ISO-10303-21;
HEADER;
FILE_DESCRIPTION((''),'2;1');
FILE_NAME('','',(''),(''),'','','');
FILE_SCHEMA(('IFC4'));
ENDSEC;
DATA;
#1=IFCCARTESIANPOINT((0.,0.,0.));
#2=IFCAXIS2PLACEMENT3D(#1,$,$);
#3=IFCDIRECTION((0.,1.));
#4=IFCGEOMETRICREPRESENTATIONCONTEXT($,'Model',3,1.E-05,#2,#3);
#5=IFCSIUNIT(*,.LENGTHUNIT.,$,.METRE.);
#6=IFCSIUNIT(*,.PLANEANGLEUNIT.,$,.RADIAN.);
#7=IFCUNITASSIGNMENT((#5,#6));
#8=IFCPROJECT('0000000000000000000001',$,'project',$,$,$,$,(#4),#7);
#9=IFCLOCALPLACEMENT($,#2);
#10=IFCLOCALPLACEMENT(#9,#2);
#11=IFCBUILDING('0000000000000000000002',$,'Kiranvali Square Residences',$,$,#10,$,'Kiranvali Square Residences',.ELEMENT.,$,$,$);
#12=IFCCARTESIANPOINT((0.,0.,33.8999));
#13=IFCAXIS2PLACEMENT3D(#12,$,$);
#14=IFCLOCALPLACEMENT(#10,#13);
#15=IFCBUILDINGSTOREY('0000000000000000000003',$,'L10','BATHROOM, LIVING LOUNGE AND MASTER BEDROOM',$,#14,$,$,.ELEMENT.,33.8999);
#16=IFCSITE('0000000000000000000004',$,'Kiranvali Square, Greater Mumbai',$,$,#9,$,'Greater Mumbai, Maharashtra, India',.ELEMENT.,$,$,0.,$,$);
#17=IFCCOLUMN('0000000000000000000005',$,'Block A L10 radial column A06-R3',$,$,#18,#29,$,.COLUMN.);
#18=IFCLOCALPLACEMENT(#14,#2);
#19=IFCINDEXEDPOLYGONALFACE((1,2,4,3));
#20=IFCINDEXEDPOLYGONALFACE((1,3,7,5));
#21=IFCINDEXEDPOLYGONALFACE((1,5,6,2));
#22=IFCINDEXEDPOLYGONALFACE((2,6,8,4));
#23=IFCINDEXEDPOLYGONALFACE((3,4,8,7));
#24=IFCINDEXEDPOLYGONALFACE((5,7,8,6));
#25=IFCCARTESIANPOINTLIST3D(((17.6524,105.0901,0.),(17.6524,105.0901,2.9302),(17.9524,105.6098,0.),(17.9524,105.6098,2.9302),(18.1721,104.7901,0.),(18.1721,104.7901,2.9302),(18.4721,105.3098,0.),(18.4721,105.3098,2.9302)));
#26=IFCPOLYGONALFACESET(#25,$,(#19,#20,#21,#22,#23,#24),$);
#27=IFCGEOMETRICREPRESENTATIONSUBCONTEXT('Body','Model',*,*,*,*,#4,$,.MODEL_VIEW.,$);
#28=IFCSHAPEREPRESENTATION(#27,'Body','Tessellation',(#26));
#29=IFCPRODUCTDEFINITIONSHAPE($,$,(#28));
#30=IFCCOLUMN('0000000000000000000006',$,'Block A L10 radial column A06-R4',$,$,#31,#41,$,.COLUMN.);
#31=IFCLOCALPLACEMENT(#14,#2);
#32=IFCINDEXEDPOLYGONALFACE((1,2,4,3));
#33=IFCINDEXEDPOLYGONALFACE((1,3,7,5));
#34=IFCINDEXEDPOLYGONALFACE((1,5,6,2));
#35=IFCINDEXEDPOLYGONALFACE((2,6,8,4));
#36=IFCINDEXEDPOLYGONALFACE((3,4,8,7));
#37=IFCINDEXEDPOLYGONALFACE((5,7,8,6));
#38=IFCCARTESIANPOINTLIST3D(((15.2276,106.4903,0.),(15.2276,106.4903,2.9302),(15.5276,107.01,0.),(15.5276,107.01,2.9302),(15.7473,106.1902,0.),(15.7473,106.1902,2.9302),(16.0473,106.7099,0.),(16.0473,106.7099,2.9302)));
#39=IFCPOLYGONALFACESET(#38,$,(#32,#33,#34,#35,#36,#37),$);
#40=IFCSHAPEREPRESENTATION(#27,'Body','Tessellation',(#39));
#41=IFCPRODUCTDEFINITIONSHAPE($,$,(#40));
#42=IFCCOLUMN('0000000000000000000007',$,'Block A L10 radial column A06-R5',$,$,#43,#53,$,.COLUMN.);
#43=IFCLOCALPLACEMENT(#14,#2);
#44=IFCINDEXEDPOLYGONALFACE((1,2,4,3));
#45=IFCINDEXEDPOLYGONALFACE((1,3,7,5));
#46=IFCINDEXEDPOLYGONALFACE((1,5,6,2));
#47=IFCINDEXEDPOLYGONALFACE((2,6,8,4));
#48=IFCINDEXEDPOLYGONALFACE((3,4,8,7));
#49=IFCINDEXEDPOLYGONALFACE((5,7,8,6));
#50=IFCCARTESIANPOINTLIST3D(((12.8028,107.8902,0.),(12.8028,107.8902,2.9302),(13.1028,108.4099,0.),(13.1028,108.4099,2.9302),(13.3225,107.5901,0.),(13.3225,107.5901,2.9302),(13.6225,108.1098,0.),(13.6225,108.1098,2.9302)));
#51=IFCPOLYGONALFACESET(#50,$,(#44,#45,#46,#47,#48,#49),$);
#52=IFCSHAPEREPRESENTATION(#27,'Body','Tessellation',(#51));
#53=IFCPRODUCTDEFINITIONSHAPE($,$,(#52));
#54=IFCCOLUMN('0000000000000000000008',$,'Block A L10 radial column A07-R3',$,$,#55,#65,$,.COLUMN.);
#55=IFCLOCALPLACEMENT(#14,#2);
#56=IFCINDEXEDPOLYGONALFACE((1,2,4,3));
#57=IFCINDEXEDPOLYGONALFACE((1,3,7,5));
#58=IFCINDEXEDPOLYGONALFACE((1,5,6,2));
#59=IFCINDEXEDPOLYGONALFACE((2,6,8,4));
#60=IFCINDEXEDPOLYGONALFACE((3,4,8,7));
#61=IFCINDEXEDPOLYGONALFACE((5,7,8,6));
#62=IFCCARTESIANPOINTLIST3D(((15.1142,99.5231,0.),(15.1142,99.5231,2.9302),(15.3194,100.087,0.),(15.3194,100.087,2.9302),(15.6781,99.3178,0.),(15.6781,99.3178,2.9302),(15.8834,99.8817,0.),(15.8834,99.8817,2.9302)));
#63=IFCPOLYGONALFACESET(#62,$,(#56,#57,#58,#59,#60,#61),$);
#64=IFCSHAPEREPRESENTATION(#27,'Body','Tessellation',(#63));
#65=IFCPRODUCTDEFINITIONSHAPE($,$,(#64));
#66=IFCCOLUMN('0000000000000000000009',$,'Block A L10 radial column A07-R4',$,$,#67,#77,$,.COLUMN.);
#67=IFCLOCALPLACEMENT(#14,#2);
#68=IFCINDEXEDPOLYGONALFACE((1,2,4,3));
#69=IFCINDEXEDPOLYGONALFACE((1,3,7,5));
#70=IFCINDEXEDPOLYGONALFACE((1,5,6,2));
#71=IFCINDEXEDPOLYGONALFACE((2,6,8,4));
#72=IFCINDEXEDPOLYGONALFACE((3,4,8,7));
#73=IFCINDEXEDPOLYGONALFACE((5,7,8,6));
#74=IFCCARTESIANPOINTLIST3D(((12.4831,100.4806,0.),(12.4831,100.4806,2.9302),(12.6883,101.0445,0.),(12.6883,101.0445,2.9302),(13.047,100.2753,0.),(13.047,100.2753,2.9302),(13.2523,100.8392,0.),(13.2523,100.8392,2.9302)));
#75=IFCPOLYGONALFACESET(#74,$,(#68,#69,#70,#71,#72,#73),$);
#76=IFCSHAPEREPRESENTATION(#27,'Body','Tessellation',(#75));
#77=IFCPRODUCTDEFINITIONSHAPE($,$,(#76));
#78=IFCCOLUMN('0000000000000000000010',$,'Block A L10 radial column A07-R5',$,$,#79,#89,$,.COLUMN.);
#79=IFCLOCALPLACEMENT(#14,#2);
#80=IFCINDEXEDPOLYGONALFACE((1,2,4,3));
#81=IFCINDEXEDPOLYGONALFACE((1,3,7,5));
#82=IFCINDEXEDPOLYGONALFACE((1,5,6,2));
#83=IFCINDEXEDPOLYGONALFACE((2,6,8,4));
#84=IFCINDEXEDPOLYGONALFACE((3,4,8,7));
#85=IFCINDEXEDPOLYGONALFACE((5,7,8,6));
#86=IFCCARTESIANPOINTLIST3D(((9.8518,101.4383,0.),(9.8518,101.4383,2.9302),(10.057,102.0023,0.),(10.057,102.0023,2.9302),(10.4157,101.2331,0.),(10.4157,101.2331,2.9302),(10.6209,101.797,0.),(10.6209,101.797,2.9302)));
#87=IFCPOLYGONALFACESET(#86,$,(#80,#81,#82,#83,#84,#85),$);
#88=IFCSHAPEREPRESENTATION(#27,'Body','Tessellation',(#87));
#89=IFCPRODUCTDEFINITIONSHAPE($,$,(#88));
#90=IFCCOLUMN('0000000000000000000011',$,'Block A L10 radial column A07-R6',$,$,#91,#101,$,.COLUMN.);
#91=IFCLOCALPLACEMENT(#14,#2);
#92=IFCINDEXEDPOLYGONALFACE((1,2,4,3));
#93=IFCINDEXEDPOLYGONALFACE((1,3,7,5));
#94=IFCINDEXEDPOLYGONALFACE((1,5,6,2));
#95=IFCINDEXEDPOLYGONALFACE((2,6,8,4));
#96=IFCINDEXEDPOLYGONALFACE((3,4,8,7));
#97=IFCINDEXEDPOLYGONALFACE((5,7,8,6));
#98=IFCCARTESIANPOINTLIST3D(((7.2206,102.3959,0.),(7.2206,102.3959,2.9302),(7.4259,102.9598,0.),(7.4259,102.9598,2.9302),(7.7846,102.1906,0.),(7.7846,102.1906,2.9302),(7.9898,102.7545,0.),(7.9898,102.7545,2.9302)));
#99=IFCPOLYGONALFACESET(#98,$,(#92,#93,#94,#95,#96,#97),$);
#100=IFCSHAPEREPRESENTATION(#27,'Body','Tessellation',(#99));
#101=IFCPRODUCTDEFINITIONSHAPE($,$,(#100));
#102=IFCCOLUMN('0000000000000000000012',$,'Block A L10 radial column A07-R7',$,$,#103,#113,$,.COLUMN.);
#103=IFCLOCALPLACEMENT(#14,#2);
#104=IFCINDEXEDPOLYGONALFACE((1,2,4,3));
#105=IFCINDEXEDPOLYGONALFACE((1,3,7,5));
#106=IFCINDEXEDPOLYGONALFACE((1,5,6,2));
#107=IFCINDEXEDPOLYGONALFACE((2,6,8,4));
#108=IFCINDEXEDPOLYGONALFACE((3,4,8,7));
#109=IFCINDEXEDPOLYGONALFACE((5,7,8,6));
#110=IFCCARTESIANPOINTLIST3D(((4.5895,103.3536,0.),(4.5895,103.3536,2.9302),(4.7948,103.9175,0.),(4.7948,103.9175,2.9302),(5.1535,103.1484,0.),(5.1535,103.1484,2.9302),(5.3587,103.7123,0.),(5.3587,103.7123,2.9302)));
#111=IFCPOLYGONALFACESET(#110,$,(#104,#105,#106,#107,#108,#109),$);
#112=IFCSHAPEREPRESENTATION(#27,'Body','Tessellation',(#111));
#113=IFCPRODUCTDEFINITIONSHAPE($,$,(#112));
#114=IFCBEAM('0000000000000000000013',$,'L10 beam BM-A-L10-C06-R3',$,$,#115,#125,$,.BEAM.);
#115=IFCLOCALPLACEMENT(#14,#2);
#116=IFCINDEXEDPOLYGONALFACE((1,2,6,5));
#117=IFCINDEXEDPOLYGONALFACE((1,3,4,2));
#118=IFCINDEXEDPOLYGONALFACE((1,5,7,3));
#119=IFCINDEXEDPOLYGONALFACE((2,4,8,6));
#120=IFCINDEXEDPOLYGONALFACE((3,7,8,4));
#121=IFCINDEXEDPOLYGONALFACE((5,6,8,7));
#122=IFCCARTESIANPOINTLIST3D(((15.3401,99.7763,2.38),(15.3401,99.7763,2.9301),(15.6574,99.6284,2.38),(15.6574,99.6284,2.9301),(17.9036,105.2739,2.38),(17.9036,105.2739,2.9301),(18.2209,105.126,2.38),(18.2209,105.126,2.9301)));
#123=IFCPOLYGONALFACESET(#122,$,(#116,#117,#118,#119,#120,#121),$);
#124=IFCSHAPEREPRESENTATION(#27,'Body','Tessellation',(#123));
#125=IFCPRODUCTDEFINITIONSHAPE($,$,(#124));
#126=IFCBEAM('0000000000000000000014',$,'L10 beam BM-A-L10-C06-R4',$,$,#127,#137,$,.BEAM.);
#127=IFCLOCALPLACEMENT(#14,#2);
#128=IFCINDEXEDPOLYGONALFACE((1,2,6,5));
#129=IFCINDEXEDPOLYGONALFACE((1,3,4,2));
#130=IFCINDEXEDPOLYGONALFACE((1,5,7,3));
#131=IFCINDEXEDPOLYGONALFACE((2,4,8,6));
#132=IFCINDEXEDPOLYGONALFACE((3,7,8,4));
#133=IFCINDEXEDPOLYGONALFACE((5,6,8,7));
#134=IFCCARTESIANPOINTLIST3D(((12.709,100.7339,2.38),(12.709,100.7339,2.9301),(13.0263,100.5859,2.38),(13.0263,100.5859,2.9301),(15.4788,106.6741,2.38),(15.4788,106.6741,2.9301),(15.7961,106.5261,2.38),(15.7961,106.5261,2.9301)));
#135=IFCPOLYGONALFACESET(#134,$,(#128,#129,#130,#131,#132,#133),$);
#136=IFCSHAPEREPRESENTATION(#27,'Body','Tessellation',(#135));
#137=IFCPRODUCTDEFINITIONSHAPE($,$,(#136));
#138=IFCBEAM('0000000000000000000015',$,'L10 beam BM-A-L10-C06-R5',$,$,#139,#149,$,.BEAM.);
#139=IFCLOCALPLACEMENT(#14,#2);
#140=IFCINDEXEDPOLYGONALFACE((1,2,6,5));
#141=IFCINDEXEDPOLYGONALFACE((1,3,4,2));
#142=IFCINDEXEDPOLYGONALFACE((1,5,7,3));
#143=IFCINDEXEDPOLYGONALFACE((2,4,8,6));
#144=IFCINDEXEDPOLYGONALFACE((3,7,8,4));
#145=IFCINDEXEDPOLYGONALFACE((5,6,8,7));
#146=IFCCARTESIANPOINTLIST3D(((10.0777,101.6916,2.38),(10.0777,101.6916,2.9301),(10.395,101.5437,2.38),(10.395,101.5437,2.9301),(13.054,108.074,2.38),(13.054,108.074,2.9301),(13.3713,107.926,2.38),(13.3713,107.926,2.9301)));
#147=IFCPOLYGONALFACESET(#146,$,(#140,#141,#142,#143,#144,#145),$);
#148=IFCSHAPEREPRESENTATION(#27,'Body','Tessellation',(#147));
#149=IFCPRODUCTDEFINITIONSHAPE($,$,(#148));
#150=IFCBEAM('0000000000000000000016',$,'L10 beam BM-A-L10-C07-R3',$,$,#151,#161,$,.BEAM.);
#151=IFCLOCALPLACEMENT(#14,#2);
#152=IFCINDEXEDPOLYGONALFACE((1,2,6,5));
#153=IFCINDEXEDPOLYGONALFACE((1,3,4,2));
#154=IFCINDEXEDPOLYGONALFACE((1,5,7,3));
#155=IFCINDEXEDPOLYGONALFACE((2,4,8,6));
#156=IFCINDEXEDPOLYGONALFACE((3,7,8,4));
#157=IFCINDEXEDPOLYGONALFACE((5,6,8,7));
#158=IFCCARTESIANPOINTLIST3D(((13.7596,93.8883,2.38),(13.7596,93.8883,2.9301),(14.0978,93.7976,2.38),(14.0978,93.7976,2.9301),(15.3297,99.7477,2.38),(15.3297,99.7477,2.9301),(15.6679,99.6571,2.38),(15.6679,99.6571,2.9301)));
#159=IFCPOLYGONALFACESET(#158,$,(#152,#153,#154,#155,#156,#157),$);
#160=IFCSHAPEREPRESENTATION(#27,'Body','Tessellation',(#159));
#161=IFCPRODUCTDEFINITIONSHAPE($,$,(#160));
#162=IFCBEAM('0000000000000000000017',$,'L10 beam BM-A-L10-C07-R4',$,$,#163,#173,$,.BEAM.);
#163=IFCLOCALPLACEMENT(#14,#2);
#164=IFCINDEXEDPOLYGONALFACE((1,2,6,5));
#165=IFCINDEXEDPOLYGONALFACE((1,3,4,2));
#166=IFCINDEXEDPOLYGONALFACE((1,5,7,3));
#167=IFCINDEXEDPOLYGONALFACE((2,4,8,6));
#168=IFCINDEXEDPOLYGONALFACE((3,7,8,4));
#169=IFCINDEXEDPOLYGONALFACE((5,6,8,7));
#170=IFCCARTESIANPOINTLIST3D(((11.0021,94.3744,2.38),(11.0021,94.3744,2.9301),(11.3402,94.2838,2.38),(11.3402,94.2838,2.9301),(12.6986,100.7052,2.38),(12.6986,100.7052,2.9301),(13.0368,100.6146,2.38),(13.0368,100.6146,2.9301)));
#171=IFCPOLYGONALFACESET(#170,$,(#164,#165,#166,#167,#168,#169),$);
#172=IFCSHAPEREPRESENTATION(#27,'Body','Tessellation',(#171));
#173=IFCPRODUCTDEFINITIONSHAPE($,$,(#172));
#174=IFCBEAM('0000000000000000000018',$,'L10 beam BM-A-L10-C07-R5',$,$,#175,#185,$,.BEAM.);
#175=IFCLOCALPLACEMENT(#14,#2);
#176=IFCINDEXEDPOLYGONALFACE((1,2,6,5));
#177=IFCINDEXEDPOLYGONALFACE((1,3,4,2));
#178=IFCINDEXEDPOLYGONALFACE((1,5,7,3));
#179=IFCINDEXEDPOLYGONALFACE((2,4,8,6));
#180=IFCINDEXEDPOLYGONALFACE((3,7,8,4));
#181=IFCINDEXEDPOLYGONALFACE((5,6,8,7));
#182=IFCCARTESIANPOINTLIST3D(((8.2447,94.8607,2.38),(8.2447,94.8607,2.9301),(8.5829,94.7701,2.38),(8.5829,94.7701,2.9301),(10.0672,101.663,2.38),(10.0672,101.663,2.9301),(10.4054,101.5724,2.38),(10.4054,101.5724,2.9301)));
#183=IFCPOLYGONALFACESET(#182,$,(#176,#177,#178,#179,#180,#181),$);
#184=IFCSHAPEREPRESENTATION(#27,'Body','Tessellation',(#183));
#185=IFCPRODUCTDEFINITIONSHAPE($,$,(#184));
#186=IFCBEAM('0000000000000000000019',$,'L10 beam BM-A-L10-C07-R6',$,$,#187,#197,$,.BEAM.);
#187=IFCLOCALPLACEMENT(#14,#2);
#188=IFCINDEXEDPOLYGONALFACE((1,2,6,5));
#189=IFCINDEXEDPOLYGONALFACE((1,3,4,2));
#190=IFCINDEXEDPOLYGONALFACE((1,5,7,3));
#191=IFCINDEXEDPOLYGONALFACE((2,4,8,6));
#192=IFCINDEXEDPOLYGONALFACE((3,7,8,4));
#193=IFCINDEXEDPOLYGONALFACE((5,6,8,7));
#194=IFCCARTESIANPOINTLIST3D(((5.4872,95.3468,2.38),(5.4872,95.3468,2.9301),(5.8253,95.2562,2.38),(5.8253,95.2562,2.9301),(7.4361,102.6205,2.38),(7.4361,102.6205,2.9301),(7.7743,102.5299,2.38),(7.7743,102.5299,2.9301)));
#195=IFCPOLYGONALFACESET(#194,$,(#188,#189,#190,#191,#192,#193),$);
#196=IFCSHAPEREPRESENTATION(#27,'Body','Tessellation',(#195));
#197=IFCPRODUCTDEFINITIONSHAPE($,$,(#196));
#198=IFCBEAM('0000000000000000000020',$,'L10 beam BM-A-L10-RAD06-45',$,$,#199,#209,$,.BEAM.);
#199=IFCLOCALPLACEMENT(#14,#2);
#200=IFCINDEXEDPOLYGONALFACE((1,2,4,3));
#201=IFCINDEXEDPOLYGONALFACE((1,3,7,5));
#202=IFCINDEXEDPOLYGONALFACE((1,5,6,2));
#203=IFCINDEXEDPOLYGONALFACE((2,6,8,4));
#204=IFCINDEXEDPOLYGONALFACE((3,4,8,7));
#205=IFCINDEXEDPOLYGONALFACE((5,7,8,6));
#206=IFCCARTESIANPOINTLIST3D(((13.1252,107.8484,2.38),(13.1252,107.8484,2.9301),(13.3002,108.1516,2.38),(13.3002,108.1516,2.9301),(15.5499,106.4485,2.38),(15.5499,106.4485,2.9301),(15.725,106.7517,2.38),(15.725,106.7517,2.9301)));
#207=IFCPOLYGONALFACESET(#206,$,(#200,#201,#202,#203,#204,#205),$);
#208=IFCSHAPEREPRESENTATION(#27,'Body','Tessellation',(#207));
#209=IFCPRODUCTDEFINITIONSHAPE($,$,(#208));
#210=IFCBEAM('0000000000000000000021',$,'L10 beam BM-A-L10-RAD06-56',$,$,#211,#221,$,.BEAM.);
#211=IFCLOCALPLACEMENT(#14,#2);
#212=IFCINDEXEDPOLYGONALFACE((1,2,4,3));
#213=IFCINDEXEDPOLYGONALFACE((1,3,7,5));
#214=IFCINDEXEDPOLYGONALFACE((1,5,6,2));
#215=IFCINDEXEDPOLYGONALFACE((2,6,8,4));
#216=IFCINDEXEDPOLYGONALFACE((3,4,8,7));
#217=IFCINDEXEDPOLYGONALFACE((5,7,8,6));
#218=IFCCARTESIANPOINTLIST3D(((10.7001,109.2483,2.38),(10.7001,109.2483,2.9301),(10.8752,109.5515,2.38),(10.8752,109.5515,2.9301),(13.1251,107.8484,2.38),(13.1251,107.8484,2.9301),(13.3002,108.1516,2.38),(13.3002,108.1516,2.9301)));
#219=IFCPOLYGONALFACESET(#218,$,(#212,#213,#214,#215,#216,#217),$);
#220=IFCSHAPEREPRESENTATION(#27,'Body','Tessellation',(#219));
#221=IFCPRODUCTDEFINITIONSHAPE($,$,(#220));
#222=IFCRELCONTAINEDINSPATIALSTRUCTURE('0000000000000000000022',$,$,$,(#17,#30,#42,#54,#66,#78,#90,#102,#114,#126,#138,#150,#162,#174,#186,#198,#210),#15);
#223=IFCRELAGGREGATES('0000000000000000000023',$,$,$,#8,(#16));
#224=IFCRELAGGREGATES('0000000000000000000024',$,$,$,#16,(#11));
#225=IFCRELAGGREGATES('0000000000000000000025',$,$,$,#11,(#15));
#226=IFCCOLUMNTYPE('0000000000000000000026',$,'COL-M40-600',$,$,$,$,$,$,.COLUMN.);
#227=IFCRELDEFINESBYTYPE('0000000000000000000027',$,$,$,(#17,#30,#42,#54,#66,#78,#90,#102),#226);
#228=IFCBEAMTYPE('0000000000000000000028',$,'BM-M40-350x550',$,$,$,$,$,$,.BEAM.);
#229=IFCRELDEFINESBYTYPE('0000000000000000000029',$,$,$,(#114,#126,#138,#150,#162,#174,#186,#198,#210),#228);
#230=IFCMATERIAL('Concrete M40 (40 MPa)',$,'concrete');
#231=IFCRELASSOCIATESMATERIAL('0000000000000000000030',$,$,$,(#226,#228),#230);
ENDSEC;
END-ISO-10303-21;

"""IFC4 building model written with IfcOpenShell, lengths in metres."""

from ifc_helpers import new_model, si_unit, direction, frame, origin, origin_2d, place, context, subcontext, project, spatial, rectangle, extrude, material, material_profile, profile_set, type_object, element, save


model = new_model("IFC4")

# Units and contexts
model_context = context("Model", 3, precision=1e-05, world=origin(), true_north=direction((0.0, 1.0)))
body_context = subcontext(model_context, "Body", "Model", "MODEL_VIEW")
ifc_project = project(units=[si_unit("LENGTHUNIT", "METRE"), si_unit("PLANEANGLEUNIT", "RADIAN")], contexts=[model_context])

# Site, building, storey
site_placement = place(None, origin())
site = spatial("IfcSite", under=ifc_project, at=site_placement, Name="Kiranvali Square, Greater Mumbai", LongName="Greater Mumbai, Maharashtra, India", CompositionType="ELEMENT", RefElevation=0.0)
building_placement = place(site_placement, origin())
building = spatial("IfcBuilding", under=site, at=building_placement, Name="Kiranvali Square Residences", LongName="Kiranvali Square Residences", CompositionType="ELEMENT")
storey_placement = place(building_placement, frame((0.0, 0.0, 33.8999)))
storey = spatial("IfcBuildingStorey", under=building, at=storey_placement, Name="L10", Description="BATHROOM, LIVING LOUNGE AND MASTER BEDROOM", CompositionType="ELEMENT", Elevation=33.8999)

# Columns
ifc_material_1 = material(Name="Concrete M40 (40 MPa)", Category="concrete")
ifc_material_profile_1 = material_profile(ifc_material_1, rectangle(XDim=0.6001, YDim=0.6001, at=origin_2d()), Name="RC 600x600")
ifc_profile_set_1 = profile_set([ifc_material_profile_1], Name="Concrete M40 (40 MPa)")
column_type = type_object("IfcColumnType", Name="COL-M40-600", PredefinedType="COLUMN", material=ifc_profile_set_1)
for number, where, z_axis, x_axis, name in (
    (1, (18.0623, 105.2, 0.0), (0.0, 0.0, 1.0), (0.5, 0.866025, 0.0), "Block A L10 radial column A06-R3"),
    (2, (15.6375, 106.6001, 0.0), (0.0, 0.0, 1.0), (0.5, 0.866025, 0.0), "Block A L10 radial column A06-R4"),
    (3, (13.2126, 108.0, 0.0), (0.0, 0.0, 1.0), (0.5, 0.866025, 0.0), "Block A L10 radial column A06-R5"),
    (4, (15.4988, 99.7024, 0.0), (0.0, 0.0, 1.0), (0.34202, 0.939693, 0.0), "Block A L10 radial column A07-R3"),
    (5, (12.8677, 100.6599, 0.0), (0.0, 0.0, 1.0), (0.34202, 0.939693, 0.0), "Block A L10 radial column A07-R4"),
    (6, (10.2363, 101.6177, 0.0), (0.0, 0.0, 1.0), (0.34202, 0.939693, 0.0), "Block A L10 radial column A07-R5"),
    (7, (7.6052, 102.5752, 0.0), (0.0, 0.0, 1.0), (0.34202, 0.939693, 0.0), "Block A L10 radial column A07-R6"),
    (8, (4.9741, 103.533, 0.0), (0.0, 0.0, 1.0), (0.34202, 0.939693, 0.0), "Block A L10 radial column A07-R7"),
):
    element("IfcColumn", number, at=place(storey_placement, frame(where, z_axis=z_axis, x_axis=x_axis)), inside=storey, type_object=column_type, Name=name, PredefinedType="COLUMN", context=body_context, shape_type="SweptSolid", body=[
        extrude(rectangle(XDim=0.6001, YDim=0.6001, at=origin_2d()), origin(), (0.0, 0.0, 1.0), 2.9302),
    ])

# Beams
ifc_material_profile_2 = material_profile(ifc_material_1, rectangle(XDim=0.3501, YDim=0.55, at=origin_2d()), Name="RC 350x550")
ifc_profile_set_2 = profile_set([ifc_material_profile_2], Name="Concrete M40 (40 MPa)")
beam_type_1 = type_object("IfcBeamType", Name="BM-M40-350x550", PredefinedType="BEAM", material=ifc_profile_set_2)
beam_1_placement = place(storey_placement, frame((18.0623, 105.2, 2.655), z_axis=(-0.422608, -0.906313, 0.0), x_axis=(0.906313, -0.422608, 0.0)))
element("IfcBeam", 9, at=beam_1_placement, inside=storey, type_object=beam_type_1, Name="L10 beam BM-A-L10-C06-R3", PredefinedType="BEAM", context=body_context, shape_type="SweptSolid", body=[
    extrude(rectangle(XDim=0.3501, YDim=0.55, at=origin_2d()), origin(), (0.0, 0.0, 1.0), 6.0659),
])
beam_2_placement = place(storey_placement, frame((15.6375, 106.6001, 2.655), z_axis=(-0.422596, -0.906318, 0.0), x_axis=(0.906318, -0.422596, 0.0)))
element("IfcBeam", 10, at=beam_2_placement, inside=storey, type_object=beam_type_1, Name="L10 beam BM-A-L10-C06-R4", PredefinedType="BEAM", context=body_context, shape_type="SweptSolid", body=[
    extrude(rectangle(XDim=0.3501, YDim=0.55, at=origin_2d()), origin(), (0.0, 0.0, 1.0), 6.5542),
])
beam_3_placement = place(storey_placement, frame((13.2126, 108.0, 2.655), z_axis=(-0.422641, -0.906297, 0.0), x_axis=(0.906297, -0.422641, 0.0)))
element("IfcBeam", 11, at=beam_3_placement, inside=storey, type_object=beam_type_1, Name="L10 beam BM-A-L10-C06-R5", PredefinedType="BEAM", context=body_context, shape_type="SweptSolid", body=[
    extrude(rectangle(XDim=0.3501, YDim=0.55, at=origin_2d()), origin(), (0.0, 0.0, 1.0), 7.0422),
])
beam_4_placement = place(storey_placement, frame((15.4988, 99.7024, 2.655), z_axis=(-0.258827, -0.965924, 0.0), x_axis=(0.965924, -0.258827, 0.0)))
element("IfcBeam", 12, at=beam_4_placement, inside=storey, type_object=beam_type_1, Name="L10 beam BM-A-L10-C07-R3", PredefinedType="BEAM", context=body_context, shape_type="SweptSolid", body=[
    extrude(rectangle(XDim=0.3501, YDim=0.55, at=origin_2d()), origin(), (0.0, 0.0, 1.0), 6.0662),
])
beam_5_placement = place(storey_placement, frame((12.8677, 100.6599, 2.655), z_axis=(-0.258847, -0.965918, 0.0), x_axis=(0.965918, -0.258847, 0.0)))
element("IfcBeam", 13, at=beam_5_placement, inside=storey, type_object=beam_type_1, Name="L10 beam BM-A-L10-C07-R4", PredefinedType="BEAM", context=body_context, shape_type="SweptSolid", body=[
    extrude(rectangle(XDim=0.3501, YDim=0.55, at=origin_2d()), origin(), (0.0, 0.0, 1.0), 6.5542),
])
beam_6_placement = place(storey_placement, frame((10.2363, 101.6177, 2.655), z_axis=(-0.2588, -0.965931, 0.0), x_axis=(0.965931, -0.2588, 0.0)))
element("IfcBeam", 14, at=beam_6_placement, inside=storey, type_object=beam_type_1, Name="L10 beam BM-A-L10-C07-R5", PredefinedType="BEAM", context=body_context, shape_type="SweptSolid", body=[
    extrude(rectangle(XDim=0.3501, YDim=0.55, at=origin_2d()), origin(), (0.0, 0.0, 1.0), 7.0422),
])
beam_7_placement = place(storey_placement, frame((7.6052, 102.5752, 2.655), z_axis=(-0.258819, -0.965926, 0.0), x_axis=(0.965926, -0.258819, 0.0)))
element("IfcBeam", 15, at=beam_7_placement, inside=storey, type_object=beam_type_1, Name="L10 beam BM-A-L10-C07-R6", PredefinedType="BEAM", context=body_context, shape_type="SweptSolid", body=[
    extrude(rectangle(XDim=0.3501, YDim=0.55, at=origin_2d()), origin(), (0.0, 0.0, 1.0), 7.5303),
])
beam_8_placement = place(storey_placement, frame((15.6375, 106.6001, 2.655), z_axis=(-0.866035, 0.499984, 0.0), x_axis=(-0.499984, -0.866035, 0.0)))
element("IfcBeam", 16, at=beam_8_placement, inside=storey, type_object=beam_type_1, Name="L10 beam BM-A-L10-RAD06-45", PredefinedType="BEAM", context=body_context, shape_type="SweptSolid", body=[
    extrude(rectangle(XDim=0.3501, YDim=0.55, at=origin_2d()), origin(), (0.0, 0.0, 1.0), 2.7998),
])
beam_9_placement = place(storey_placement, frame((13.2126, 108.0, 2.655), z_axis=(-0.866056, 0.499946, 0.0), x_axis=(-0.499946, -0.866056, 0.0)))
element("IfcBeam", 17, at=beam_9_placement, inside=storey, type_object=beam_type_1, Name="L10 beam BM-A-L10-RAD06-56", PredefinedType="BEAM", context=body_context, shape_type="SweptSolid", body=[
    extrude(rectangle(XDim=0.3501, YDim=0.55, at=origin_2d()), origin(), (0.0, 0.0, 1.0), 2.8),
])

save(model, "model.ifc")
